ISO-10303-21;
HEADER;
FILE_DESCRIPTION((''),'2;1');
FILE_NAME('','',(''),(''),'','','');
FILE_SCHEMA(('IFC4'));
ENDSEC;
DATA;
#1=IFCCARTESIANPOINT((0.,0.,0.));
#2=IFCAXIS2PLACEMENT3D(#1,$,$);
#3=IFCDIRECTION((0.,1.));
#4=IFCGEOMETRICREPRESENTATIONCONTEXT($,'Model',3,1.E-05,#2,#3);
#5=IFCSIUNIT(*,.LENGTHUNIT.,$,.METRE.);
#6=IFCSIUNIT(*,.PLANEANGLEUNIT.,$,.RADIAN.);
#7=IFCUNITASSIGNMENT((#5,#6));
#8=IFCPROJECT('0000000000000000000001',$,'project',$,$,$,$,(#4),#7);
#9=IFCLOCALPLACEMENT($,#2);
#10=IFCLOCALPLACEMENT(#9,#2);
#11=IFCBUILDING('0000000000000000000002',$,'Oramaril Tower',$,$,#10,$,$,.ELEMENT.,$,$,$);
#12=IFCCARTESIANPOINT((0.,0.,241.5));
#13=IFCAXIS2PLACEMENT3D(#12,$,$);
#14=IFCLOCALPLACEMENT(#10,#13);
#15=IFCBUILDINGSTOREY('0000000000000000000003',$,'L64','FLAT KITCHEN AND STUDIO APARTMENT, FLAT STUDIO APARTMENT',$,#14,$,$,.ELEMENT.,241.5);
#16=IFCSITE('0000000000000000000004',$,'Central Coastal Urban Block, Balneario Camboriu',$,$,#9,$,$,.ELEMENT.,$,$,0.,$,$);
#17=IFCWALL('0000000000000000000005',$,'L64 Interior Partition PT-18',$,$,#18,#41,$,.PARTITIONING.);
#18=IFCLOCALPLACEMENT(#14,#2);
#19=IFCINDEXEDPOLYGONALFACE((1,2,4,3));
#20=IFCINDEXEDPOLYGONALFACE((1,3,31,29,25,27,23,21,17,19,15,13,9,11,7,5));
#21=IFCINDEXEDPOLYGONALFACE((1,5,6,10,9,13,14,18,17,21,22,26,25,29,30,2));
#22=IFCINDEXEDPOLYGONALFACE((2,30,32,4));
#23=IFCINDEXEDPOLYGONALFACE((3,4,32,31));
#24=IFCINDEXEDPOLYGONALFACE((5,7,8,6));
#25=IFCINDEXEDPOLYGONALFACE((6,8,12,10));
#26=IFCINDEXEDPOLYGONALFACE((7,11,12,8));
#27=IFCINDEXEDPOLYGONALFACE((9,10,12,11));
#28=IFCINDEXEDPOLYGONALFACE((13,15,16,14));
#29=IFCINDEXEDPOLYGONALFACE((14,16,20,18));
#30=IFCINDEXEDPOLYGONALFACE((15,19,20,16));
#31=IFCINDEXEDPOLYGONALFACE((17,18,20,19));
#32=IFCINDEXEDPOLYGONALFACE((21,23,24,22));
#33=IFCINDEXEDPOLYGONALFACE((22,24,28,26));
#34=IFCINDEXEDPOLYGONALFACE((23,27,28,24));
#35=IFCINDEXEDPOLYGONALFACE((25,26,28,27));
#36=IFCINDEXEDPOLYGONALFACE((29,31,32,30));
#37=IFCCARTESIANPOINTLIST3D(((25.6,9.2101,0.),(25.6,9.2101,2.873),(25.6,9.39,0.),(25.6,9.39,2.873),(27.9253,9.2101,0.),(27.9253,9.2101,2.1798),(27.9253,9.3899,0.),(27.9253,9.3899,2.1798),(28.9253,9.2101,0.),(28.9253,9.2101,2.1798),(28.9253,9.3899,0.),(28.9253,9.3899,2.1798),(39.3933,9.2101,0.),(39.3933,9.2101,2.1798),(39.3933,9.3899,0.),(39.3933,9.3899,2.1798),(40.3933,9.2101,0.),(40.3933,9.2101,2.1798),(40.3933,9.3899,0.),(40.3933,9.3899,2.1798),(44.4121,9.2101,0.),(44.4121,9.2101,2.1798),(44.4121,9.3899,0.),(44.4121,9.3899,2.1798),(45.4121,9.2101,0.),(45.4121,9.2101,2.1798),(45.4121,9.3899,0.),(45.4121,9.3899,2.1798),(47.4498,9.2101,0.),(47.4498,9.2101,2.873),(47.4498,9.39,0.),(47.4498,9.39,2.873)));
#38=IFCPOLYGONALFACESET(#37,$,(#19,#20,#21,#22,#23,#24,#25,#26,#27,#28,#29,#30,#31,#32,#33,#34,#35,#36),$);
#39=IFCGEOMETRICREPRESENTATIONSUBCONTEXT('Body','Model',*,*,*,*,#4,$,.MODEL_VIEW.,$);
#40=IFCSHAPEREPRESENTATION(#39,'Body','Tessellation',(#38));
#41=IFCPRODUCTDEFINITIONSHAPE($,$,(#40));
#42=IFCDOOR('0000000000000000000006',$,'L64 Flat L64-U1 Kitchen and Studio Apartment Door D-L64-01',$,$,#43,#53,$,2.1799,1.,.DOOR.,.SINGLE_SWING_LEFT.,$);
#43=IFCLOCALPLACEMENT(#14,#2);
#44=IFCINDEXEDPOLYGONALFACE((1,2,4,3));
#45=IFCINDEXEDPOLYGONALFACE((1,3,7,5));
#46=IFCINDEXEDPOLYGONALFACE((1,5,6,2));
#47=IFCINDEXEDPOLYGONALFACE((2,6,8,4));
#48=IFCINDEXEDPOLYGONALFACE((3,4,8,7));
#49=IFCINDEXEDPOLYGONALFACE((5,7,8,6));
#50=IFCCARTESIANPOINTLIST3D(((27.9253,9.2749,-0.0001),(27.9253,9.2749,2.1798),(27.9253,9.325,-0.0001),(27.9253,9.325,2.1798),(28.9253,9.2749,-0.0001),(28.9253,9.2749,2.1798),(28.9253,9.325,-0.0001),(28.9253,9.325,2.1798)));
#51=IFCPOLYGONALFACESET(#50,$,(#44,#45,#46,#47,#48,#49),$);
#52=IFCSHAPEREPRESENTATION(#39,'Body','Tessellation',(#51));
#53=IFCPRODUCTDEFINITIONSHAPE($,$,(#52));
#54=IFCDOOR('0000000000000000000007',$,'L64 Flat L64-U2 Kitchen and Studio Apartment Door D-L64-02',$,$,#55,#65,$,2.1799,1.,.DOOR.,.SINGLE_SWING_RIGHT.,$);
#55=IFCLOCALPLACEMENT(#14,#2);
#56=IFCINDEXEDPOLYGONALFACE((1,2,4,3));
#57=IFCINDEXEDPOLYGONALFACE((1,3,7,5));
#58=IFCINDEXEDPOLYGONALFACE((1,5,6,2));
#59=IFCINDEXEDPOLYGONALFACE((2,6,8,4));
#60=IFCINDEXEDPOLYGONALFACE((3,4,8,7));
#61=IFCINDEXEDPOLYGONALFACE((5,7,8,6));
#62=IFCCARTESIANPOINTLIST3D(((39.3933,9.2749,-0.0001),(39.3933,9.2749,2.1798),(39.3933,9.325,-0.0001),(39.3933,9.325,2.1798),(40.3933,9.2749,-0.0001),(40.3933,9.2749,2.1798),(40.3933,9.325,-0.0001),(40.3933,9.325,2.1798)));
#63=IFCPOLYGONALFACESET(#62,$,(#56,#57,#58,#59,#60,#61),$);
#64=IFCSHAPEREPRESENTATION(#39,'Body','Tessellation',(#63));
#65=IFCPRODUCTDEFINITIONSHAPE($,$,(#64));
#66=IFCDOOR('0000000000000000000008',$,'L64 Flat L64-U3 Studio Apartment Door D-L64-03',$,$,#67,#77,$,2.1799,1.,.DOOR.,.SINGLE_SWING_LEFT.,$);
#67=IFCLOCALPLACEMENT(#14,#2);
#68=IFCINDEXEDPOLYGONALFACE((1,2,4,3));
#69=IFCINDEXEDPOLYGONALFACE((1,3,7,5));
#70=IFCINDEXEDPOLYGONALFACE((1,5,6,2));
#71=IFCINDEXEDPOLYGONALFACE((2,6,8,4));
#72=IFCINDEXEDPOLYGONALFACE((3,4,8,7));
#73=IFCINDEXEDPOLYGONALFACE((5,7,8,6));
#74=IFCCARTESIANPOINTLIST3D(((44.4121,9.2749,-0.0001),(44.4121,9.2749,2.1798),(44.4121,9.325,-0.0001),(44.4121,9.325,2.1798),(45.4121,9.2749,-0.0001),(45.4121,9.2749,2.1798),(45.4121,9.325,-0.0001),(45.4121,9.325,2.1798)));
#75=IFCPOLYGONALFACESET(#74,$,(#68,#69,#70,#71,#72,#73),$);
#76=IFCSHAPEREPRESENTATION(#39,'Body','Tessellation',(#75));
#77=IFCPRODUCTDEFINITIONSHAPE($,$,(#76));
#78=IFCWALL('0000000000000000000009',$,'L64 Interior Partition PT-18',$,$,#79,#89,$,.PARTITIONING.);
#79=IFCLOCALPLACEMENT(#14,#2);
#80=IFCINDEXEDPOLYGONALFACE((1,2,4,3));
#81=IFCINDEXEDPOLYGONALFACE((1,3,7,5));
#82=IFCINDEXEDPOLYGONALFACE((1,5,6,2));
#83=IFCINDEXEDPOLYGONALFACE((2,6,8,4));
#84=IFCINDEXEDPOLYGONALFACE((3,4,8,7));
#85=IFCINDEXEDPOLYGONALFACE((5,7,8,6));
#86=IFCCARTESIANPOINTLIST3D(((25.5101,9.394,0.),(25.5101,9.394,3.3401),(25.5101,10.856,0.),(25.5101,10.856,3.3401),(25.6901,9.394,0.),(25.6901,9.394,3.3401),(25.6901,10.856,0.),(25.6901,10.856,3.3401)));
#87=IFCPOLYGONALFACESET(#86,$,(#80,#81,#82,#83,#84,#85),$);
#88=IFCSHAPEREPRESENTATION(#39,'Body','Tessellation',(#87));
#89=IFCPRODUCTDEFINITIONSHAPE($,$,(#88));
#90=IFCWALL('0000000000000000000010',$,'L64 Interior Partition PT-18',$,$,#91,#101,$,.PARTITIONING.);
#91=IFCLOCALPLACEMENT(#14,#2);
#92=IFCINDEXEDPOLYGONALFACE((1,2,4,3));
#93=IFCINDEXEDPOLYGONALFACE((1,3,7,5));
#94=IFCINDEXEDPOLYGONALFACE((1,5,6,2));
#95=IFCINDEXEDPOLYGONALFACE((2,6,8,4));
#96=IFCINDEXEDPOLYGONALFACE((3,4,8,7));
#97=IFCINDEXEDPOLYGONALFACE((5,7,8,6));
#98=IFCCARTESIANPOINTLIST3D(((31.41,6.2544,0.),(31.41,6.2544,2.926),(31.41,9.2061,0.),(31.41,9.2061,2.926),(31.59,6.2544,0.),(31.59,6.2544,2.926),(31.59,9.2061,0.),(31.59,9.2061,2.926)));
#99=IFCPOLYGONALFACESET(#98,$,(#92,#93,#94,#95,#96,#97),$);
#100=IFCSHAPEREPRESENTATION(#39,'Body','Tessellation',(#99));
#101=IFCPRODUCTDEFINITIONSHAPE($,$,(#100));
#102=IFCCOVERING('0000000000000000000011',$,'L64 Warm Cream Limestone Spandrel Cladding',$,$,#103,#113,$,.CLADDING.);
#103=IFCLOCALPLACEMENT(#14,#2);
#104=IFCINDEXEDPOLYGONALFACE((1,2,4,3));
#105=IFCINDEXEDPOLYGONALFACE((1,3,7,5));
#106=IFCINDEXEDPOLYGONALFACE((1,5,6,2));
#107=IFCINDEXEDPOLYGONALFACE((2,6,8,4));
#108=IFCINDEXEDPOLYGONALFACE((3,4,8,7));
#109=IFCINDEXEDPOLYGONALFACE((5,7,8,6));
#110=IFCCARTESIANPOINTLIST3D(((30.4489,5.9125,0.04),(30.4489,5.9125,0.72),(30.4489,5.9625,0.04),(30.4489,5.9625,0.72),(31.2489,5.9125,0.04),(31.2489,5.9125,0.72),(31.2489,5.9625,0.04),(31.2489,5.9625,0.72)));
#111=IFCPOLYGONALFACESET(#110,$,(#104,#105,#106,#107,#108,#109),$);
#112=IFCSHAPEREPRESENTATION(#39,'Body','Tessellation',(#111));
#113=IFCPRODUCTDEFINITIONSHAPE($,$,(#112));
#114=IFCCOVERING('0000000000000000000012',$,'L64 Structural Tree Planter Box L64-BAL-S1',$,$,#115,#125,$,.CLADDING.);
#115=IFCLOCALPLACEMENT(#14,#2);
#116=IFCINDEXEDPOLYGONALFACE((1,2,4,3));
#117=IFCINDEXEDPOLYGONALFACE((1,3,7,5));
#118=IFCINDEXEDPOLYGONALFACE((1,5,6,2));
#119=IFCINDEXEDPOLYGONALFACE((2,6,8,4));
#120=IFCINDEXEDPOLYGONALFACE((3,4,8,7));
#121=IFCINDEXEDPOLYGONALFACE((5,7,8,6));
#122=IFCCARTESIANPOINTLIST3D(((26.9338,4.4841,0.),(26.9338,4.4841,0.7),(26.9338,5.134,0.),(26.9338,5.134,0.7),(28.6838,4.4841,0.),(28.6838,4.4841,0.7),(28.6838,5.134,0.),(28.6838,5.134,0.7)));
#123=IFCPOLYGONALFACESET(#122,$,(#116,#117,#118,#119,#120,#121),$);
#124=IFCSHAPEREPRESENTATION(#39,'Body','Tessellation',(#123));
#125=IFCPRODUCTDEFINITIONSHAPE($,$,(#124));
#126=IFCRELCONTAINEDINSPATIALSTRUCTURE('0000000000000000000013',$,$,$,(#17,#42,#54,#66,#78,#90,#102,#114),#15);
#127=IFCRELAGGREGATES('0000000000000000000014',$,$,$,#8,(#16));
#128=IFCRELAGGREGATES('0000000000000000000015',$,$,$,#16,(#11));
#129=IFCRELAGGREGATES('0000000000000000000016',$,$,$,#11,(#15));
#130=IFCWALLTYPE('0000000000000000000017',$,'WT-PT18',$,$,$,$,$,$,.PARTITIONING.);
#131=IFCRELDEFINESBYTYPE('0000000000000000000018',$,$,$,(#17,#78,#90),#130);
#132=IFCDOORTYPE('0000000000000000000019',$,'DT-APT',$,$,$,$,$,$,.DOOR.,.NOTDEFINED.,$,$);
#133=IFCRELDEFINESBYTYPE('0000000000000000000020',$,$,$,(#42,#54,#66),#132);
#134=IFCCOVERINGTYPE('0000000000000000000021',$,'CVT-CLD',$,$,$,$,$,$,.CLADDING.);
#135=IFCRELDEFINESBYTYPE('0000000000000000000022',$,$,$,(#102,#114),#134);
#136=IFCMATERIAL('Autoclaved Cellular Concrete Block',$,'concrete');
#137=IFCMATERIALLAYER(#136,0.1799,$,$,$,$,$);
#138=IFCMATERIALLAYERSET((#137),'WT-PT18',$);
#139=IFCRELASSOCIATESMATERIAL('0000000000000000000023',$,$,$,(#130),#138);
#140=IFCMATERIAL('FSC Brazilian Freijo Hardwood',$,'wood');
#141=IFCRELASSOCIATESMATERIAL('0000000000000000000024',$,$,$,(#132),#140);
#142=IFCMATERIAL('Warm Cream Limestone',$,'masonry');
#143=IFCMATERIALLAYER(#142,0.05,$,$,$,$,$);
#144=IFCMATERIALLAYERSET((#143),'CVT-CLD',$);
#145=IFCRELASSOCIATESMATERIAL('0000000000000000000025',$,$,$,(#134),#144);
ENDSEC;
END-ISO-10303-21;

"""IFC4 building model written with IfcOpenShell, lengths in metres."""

from ifc_helpers import new_model, si_unit, direction, frame, frame_2d, origin, origin_2d, place, context, subcontext, project, spatial, rectangle, extrude, material, layer, layer_set, type_object, element, fill, save


model = new_model("IFC4")

# Units and contexts
model_context = context("Model", 3, precision=1e-05, world=origin(), true_north=direction((0.0, 1.0)))
body_context = subcontext(model_context, "Body", "Model", "MODEL_VIEW")
ifc_project = project(units=[si_unit("LENGTHUNIT", "METRE"), si_unit("PLANEANGLEUNIT", "RADIAN")], contexts=[model_context])

# Site, building, storey
site_placement = place(None, origin())
site = spatial("IfcSite", under=ifc_project, at=site_placement, Name="Central Coastal Urban Block, Balneario Camboriu", CompositionType="ELEMENT", RefElevation=0.0)
building_placement = place(site_placement, origin())
building = spatial("IfcBuilding", under=site, at=building_placement, Name="Oramaril Tower", CompositionType="ELEMENT")
storey_placement = place(building_placement, frame((0.0, 0.0, 241.5)))
storey = spatial("IfcBuildingStorey", under=building, at=storey_placement, Name="L64", Description="FLAT KITCHEN AND STUDIO APARTMENT, FLAT STUDIO APARTMENT", CompositionType="ELEMENT", Elevation=241.5)

# Wall, openings, doors
ifc_material_1 = material(Name="Autoclaved Cellular Concrete Block", Category="concrete")
ifc_layer_1 = layer(ifc_material_1, 0.1799)
ifc_layer_set_1 = layer_set([ifc_layer_1], Name="WT-PT18")
wall_type_1 = type_object("IfcWallType", Name="WT-PT18", PredefinedType="PARTITIONING", material=ifc_layer_set_1)
wall_1_placement = place(storey_placement, frame((25.6001, 9.3, 0.0), z_axis=(0.0, 0.0, 1.0), x_axis=(1.0, 0.0, 0.0)))
wall_1 = element("IfcWall", 1, at=wall_1_placement, inside=storey, type_object=wall_type_1, Name="L64 Interior Partition PT-18", PredefinedType="PARTITIONING", context=body_context, shape_type="SweptSolid", body=[
    extrude(rectangle(XDim=21.8499, YDim=0.1799, at=frame_2d((10.9248, 0.0))), origin(), (0.0, 0.0, 1.0), 2.873),
])
opening_1_placement = place(wall_1_placement, frame((2.3252, 0.0, 0.0)))
opening_1 = element("IfcOpeningElement", 2, at=opening_1_placement, cuts=wall_1, PredefinedType="OPENING", context=body_context, shape_type="SweptSolid", body=[
    extrude(rectangle(XDim=1.0, YDim=2.1799, at=frame_2d((0.5, 1.0898))), frame((0.0, 0.0898, 0.0), z_axis=(0.0, -1.0, 0.0), x_axis=(1.0, 0.0, 0.0)), (0.0, 0.0, 1.0), 0.1799),
])
opening_2_placement = place(wall_1_placement, frame((13.7932, 0.0, 0.0)))
opening_2 = element("IfcOpeningElement", 3, at=opening_2_placement, cuts=wall_1, PredefinedType="OPENING", context=body_context, shape_type="SweptSolid", body=[
    extrude(rectangle(XDim=1.0, YDim=2.1799, at=frame_2d((0.5, 1.0898))), frame((0.0, 0.0898, 0.0), z_axis=(0.0, -1.0, 0.0), x_axis=(1.0, 0.0, 0.0)), (0.0, 0.0, 1.0), 0.1799),
])
opening_3_placement = place(wall_1_placement, frame((18.812, 0.0, 0.0)))
opening_3 = element("IfcOpeningElement", 4, at=opening_3_placement, cuts=wall_1, PredefinedType="OPENING", context=body_context, shape_type="SweptSolid", body=[
    extrude(rectangle(XDim=1.0, YDim=2.1799, at=frame_2d((0.5, 1.0898))), frame((0.0, 0.0898, 0.0), z_axis=(0.0, -1.0, 0.0), x_axis=(1.0, 0.0, 0.0)), (0.0, 0.0, 1.0), 0.1799),
])
ifc_material_2 = material(Name="FSC Brazilian Freijo Hardwood", Category="wood")
door_type = type_object("IfcDoorType", Name="DT-APT", OperationType="NOTDEFINED", PredefinedType="DOOR", material=ifc_material_2)
door_1_placement = place(opening_1_placement, origin())
door_1 = element("IfcDoor", 5, at=door_1_placement, inside=storey, type_object=door_type, Name="L64 Flat L64-U1 Kitchen and Studio Apartment Door D-L64-01", OperationType="SINGLE_SWING_LEFT", OverallHeight=2.1799, OverallWidth=1.0, PredefinedType="DOOR", context=body_context, shape_type="SweptSolid", body=[
    extrude(rectangle(XDim=1.0, YDim=2.1799, at=frame_2d((0.5, 1.0898))), frame((0.0, 0.0249, 0.0), z_axis=(0.0, -1.0, 0.0), x_axis=(1.0, 0.0, 0.0)), (0.0, 0.0, 1.0), 0.05),
])
fill(opening_1, door_1)
door_2_placement = place(opening_2_placement, origin())
door_2 = element("IfcDoor", 6, at=door_2_placement, inside=storey, type_object=door_type, Name="L64 Flat L64-U2 Kitchen and Studio Apartment Door D-L64-02", OperationType="SINGLE_SWING_RIGHT", OverallHeight=2.1799, OverallWidth=1.0, PredefinedType="DOOR", context=body_context, shape_type="SweptSolid", body=[
    extrude(rectangle(XDim=1.0, YDim=2.1799, at=frame_2d((0.5, 1.0898))), frame((0.0, 0.0249, 0.0), z_axis=(0.0, -1.0, 0.0), x_axis=(1.0, 0.0, 0.0)), (0.0, 0.0, 1.0), 0.05),
])
fill(opening_2, door_2)
door_3_placement = place(opening_3_placement, origin())
door_3 = element("IfcDoor", 7, at=door_3_placement, inside=storey, type_object=door_type, Name="L64 Flat L64-U3 Studio Apartment Door D-L64-03", OperationType="SINGLE_SWING_LEFT", OverallHeight=2.1799, OverallWidth=1.0, PredefinedType="DOOR", context=body_context, shape_type="SweptSolid", body=[
    extrude(rectangle(XDim=1.0, YDim=2.1799, at=frame_2d((0.5, 1.0898))), frame((0.0, 0.0249, 0.0), z_axis=(0.0, -1.0, 0.0), x_axis=(1.0, 0.0, 0.0)), (0.0, 0.0, 1.0), 0.05),
])
fill(opening_3, door_3)

# Walls
wall_2_placement = place(storey_placement, frame((25.6001, 9.394, 0.0), z_axis=(0.0, 0.0, 1.0), x_axis=(0.0, 1.0, 0.0)))
element("IfcWall", 8, at=wall_2_placement, inside=storey, type_object=wall_type_1, Name="L64 Interior Partition PT-18", PredefinedType="PARTITIONING", context=body_context, shape_type="SweptSolid", body=[
    extrude(rectangle(XDim=1.4619, YDim=0.1799, at=frame_2d((0.731, 0.0))), origin(), (0.0, 0.0, 1.0), 3.3401),
])
wall_3_placement = place(storey_placement, frame((31.5, 6.2544, 0.0), z_axis=(0.0, 0.0, 1.0), x_axis=(0.0, 1.0, 0.0)))
element("IfcWall", 9, at=wall_3_placement, inside=storey, type_object=wall_type_1, Name="L64 Interior Partition PT-18", PredefinedType="PARTITIONING", context=body_context, shape_type="SweptSolid", body=[
    extrude(rectangle(XDim=2.9517, YDim=0.1799, at=frame_2d((1.4758, 0.0))), origin(), (0.0, 0.0, 1.0), 2.926),
])

# Coverings
ifc_material_3 = material(Name="Warm Cream Limestone", Category="masonry")
ifc_layer_2 = layer(ifc_material_3, 0.05)
ifc_layer_set_2 = layer_set([ifc_layer_2], Name="CVT-CLD")
covering_type = type_object("IfcCoveringType", Name="CVT-CLD", PredefinedType="CLADDING", material=ifc_layer_set_2)
covering_1_placement = place(storey_placement, frame((30.8489, 5.9375, 0.04), z_axis=(0.0, 0.0, 1.0), x_axis=(1.0, 0.0, 0.0)))
element("IfcCovering", 10, at=covering_1_placement, inside=storey, type_object=covering_type, Name="L64 Warm Cream Limestone Spandrel Cladding", PredefinedType="CLADDING", context=body_context, shape_type="SweptSolid", body=[
    extrude(rectangle(XDim=0.8, YDim=0.05, at=origin_2d()), origin(), (0.0, 0.0, 1.0), 0.6799),
])
covering_2_placement = place(storey_placement, frame((27.8088, 4.8091, 0.0), z_axis=(0.0, 0.0, 1.0), x_axis=(1.0, 0.0, 0.0)))
element("IfcCovering", 11, at=covering_2_placement, inside=storey, type_object=covering_type, Name="L64 Structural Tree Planter Box L64-BAL-S1", PredefinedType="CLADDING", context=body_context, shape_type="SweptSolid", body=[
    extrude(rectangle(XDim=1.75, YDim=0.6499, at=origin_2d()), origin(), (0.0, 0.0, 1.0), 0.7),
])

save(model, "model.ifc")
